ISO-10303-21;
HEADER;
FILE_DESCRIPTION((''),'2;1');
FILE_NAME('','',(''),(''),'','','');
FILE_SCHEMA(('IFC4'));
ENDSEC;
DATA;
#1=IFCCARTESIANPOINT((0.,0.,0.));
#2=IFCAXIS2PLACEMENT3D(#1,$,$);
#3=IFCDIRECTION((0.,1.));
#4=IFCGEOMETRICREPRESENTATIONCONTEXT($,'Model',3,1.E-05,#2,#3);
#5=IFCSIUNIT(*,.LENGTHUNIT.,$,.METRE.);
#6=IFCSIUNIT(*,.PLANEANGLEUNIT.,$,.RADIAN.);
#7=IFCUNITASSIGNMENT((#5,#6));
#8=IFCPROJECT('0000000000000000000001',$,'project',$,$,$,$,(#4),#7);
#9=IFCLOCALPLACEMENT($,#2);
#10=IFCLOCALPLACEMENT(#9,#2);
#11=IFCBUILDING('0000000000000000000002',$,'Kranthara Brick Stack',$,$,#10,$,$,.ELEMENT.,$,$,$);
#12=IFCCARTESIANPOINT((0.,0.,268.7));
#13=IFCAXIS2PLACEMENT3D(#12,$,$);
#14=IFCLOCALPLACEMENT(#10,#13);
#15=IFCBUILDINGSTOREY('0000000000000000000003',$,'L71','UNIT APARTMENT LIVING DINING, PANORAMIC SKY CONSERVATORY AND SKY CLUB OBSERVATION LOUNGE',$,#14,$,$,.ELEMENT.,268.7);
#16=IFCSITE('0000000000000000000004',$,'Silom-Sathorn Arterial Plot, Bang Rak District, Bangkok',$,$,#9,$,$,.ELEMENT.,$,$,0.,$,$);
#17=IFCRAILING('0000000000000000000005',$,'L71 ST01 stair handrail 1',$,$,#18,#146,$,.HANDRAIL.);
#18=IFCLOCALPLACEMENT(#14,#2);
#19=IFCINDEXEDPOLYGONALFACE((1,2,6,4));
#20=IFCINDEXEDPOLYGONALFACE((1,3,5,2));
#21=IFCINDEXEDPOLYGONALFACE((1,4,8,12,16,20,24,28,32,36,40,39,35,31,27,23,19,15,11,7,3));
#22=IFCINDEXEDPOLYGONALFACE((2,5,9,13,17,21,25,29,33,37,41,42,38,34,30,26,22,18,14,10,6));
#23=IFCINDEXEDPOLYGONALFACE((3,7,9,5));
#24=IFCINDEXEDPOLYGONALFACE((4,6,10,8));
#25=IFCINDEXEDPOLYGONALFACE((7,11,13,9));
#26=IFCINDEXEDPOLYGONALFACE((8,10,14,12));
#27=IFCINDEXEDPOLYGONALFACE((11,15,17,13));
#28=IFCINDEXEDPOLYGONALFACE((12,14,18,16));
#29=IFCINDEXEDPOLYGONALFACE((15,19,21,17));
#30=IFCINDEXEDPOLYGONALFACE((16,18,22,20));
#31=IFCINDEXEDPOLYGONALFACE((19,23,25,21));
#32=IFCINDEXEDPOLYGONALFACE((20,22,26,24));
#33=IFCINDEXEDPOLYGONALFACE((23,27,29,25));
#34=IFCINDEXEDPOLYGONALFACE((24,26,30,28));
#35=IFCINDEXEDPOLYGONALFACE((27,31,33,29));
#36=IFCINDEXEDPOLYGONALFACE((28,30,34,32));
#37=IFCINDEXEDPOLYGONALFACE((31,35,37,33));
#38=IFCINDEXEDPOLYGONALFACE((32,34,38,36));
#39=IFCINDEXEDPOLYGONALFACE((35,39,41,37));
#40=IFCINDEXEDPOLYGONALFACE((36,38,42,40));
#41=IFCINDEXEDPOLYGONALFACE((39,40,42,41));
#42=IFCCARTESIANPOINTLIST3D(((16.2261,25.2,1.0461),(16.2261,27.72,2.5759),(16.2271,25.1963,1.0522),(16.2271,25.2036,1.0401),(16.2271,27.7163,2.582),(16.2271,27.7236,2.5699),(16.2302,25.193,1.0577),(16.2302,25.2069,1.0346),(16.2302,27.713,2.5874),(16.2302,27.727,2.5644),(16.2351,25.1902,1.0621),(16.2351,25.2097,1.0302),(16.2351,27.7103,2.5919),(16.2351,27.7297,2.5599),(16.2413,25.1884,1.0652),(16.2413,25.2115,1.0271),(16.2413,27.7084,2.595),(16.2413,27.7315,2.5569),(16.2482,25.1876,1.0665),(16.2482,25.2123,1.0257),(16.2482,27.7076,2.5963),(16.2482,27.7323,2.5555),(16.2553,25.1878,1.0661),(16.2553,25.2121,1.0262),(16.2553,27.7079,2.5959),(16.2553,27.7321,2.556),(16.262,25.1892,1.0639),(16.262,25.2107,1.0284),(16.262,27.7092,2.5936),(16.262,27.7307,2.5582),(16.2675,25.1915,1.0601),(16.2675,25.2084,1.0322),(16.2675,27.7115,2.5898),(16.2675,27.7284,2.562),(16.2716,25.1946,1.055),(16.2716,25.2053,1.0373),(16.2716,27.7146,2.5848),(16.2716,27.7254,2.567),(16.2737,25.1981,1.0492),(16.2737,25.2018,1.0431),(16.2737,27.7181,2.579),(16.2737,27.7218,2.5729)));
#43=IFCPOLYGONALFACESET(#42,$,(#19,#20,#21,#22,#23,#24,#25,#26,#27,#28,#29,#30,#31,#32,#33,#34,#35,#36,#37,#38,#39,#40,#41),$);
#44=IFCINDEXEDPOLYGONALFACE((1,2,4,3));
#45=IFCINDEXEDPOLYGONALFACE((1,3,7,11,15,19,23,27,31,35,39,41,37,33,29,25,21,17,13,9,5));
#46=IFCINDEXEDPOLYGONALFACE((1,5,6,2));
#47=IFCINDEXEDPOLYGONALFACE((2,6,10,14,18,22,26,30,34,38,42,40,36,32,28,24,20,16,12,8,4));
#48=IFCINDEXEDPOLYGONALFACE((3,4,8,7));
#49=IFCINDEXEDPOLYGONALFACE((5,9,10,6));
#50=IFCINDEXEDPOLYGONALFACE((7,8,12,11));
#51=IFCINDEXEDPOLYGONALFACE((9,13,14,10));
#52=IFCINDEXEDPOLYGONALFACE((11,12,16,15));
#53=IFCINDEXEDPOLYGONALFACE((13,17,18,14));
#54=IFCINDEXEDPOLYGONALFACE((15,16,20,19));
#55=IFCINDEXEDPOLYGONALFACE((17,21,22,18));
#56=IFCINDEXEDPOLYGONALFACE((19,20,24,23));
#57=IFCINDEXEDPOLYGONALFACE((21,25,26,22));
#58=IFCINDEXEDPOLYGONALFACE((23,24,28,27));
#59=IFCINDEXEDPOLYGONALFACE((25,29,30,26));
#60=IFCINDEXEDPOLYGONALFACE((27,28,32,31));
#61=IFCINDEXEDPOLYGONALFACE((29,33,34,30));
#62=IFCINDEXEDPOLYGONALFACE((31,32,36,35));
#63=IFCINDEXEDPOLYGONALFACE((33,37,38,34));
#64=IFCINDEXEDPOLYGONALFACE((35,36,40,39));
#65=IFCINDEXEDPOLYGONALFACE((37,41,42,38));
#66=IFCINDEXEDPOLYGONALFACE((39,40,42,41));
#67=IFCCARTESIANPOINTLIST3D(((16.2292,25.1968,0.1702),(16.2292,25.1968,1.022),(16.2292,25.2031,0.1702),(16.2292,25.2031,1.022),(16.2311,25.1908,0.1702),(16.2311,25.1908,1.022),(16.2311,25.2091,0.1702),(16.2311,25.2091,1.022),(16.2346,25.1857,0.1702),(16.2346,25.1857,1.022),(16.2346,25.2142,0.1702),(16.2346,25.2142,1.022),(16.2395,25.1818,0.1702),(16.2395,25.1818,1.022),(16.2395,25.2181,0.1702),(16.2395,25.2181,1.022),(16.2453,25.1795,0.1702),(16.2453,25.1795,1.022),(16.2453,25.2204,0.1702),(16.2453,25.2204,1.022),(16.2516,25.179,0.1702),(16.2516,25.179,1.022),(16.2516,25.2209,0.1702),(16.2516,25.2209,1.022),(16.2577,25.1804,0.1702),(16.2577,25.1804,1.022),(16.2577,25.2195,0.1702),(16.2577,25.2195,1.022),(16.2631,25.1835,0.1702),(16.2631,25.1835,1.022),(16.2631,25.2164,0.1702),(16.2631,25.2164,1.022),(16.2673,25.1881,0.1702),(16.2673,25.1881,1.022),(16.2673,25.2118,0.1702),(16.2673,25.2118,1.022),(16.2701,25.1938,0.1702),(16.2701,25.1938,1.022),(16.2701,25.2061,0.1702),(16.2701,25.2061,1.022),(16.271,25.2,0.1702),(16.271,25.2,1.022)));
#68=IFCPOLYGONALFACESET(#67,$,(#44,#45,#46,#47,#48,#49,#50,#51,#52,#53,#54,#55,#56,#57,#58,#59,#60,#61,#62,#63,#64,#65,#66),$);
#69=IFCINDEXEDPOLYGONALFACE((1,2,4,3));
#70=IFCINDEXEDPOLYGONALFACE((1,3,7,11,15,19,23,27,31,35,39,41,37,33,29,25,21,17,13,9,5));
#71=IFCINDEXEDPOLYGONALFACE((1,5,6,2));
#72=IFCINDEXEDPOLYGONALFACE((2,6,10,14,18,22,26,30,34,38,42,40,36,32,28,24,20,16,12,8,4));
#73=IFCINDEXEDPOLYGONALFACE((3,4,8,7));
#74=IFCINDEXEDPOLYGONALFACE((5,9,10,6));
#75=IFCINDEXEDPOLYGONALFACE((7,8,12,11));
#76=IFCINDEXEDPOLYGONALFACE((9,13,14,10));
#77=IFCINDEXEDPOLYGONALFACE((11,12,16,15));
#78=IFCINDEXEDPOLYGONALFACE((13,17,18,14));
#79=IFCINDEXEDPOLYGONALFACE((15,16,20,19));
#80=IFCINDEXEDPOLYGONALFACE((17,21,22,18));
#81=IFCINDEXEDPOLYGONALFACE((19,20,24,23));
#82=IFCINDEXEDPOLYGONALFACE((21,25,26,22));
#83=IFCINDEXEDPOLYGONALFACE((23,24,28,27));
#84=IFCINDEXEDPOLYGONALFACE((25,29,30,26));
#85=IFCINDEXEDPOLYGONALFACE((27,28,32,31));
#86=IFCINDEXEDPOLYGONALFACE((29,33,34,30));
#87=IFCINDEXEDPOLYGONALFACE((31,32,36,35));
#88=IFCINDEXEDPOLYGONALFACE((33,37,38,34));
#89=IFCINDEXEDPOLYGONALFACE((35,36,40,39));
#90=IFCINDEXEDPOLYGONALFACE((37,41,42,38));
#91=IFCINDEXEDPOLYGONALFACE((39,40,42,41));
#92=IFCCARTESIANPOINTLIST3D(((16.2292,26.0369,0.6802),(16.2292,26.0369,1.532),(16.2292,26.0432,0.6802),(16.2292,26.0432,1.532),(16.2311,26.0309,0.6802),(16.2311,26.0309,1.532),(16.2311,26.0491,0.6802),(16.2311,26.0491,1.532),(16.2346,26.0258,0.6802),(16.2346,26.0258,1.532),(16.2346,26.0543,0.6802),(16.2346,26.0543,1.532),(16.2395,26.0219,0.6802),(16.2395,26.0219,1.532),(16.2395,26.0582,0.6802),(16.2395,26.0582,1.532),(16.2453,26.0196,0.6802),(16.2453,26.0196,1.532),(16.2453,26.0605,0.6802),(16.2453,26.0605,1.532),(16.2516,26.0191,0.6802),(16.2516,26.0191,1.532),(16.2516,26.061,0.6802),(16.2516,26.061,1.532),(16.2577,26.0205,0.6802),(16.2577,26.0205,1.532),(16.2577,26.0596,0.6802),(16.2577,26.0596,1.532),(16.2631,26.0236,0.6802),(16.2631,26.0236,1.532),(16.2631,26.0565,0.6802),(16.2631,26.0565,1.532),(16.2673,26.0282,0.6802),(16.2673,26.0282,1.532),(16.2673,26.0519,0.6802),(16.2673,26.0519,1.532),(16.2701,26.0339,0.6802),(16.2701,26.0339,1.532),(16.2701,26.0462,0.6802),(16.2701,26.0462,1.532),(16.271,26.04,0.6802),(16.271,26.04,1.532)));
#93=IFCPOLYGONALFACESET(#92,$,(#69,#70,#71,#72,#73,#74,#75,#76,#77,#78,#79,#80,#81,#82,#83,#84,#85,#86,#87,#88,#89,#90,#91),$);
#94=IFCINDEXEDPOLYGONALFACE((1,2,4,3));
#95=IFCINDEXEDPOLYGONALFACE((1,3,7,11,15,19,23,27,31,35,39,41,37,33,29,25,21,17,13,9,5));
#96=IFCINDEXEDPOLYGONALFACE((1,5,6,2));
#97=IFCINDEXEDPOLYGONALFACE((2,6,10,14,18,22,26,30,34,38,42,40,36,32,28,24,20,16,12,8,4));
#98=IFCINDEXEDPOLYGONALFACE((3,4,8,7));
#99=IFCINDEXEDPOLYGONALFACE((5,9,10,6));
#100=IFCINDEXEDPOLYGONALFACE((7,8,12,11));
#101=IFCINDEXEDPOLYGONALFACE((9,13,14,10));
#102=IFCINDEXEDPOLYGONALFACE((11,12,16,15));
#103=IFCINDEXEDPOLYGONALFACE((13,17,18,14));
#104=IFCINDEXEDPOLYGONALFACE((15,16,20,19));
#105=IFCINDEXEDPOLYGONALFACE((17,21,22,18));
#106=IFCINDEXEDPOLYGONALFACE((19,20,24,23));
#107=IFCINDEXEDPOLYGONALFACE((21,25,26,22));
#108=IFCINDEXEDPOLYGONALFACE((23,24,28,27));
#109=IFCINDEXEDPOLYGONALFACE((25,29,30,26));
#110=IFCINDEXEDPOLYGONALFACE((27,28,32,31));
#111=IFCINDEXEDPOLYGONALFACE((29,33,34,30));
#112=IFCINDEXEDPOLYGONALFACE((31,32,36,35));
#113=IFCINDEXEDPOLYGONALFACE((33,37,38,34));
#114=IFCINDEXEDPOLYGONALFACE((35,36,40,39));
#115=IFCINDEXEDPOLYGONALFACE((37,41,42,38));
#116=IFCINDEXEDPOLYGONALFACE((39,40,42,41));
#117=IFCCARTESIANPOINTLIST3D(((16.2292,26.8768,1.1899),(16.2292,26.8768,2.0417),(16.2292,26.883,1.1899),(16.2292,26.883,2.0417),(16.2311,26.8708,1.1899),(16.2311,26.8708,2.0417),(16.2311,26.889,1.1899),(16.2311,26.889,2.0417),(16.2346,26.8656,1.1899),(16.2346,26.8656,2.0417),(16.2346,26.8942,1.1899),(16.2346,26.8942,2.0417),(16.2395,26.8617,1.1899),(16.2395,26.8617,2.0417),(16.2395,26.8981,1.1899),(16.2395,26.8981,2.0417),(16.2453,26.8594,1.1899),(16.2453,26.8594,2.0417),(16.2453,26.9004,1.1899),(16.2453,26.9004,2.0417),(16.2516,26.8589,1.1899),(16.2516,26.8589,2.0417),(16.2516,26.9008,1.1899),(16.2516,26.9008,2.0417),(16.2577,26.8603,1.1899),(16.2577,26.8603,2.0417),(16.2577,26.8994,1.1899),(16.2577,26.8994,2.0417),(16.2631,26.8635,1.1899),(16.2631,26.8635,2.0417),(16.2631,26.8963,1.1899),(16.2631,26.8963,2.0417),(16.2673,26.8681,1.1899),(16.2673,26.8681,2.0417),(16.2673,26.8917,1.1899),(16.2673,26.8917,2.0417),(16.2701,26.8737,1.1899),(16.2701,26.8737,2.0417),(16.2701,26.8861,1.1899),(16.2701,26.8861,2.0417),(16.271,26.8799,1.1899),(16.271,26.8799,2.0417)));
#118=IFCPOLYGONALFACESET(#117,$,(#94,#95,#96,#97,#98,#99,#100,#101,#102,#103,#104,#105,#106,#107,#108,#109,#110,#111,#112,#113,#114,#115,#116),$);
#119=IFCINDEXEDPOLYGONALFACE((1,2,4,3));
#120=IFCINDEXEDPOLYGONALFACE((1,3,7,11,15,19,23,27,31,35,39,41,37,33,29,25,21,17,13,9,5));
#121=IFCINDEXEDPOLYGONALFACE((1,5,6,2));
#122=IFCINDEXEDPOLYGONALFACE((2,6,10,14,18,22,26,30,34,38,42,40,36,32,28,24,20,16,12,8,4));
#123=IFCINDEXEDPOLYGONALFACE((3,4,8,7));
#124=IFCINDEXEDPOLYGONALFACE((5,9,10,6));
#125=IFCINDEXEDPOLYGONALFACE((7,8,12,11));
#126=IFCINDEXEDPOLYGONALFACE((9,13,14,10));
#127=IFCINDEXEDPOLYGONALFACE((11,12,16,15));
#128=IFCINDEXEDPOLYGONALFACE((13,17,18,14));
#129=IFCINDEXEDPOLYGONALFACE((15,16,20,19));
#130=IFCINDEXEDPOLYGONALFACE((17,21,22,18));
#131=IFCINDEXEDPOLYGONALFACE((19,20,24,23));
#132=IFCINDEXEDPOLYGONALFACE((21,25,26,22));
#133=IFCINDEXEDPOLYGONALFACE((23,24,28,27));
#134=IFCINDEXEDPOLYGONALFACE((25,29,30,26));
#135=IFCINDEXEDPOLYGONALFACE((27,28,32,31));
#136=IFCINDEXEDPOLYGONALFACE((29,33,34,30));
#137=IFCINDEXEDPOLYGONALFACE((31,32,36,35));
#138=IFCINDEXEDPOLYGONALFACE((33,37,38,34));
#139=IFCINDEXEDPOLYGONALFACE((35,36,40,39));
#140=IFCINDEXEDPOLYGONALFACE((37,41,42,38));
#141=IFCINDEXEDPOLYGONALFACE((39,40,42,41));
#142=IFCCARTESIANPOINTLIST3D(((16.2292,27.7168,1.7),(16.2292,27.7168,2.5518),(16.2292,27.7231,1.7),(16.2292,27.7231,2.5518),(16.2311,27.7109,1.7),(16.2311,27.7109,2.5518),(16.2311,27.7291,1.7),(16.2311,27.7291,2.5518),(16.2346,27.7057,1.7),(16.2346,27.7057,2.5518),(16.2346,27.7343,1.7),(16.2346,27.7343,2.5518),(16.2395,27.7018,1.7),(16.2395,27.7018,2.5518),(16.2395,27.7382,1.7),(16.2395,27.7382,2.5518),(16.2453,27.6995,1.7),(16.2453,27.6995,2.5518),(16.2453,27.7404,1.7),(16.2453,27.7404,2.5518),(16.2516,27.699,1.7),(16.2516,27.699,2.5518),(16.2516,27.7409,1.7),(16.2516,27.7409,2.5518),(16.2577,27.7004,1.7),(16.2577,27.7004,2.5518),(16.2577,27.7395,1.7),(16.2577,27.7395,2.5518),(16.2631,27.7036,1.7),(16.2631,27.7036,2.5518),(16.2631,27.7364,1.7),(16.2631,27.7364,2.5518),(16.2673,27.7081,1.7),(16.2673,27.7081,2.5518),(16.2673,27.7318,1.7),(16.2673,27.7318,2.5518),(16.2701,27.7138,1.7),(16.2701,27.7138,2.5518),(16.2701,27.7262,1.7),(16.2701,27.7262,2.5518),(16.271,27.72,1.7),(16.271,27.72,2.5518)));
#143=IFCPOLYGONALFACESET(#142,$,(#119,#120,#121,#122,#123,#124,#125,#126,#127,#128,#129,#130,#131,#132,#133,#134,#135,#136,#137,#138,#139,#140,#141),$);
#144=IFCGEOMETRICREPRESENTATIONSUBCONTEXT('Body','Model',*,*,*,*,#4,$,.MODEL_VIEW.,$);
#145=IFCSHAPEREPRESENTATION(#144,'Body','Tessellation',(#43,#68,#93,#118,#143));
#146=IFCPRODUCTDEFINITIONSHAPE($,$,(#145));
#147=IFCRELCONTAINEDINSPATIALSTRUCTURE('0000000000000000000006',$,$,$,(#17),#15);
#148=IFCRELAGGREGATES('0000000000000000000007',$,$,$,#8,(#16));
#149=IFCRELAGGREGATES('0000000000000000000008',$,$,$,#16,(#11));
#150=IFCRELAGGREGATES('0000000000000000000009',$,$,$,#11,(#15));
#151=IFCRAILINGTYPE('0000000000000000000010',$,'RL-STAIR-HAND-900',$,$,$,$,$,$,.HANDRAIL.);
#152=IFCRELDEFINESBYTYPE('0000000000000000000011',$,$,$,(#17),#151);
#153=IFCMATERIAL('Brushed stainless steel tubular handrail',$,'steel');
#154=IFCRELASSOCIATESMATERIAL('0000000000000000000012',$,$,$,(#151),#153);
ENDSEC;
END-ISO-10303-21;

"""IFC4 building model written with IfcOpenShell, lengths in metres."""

from ifc_helpers import new_model, si_unit, direction, frame, origin, origin_2d, place, context, subcontext, project, spatial, circle, extrude, material, type_object, element, save


model = new_model("IFC4")

# Units and contexts
model_context = context("Model", 3, precision=1e-05, world=origin(), true_north=direction((0.0, 1.0)))
body_context = subcontext(model_context, "Body", "Model", "MODEL_VIEW")
ifc_project = project(units=[si_unit("LENGTHUNIT", "METRE"), si_unit("PLANEANGLEUNIT", "RADIAN")], contexts=[model_context])

# Site, building, storey
site_placement = place(None, origin())
site = spatial("IfcSite", under=ifc_project, at=site_placement, Name="Silom-Sathorn Arterial Plot, Bang Rak District, Bangkok", CompositionType="ELEMENT", RefElevation=0.0)
building_placement = place(site_placement, origin())
building = spatial("IfcBuilding", under=site, at=building_placement, Name="Kranthara Brick Stack", CompositionType="ELEMENT")
storey_placement = place(building_placement, frame((0.0, 0.0, 268.7)))
storey = spatial("IfcBuildingStorey", under=building, at=storey_placement, Name="L71", Description="UNIT APARTMENT LIVING DINING, PANORAMIC SKY CONSERVATORY AND SKY CLUB OBSERVATION LOUNGE", CompositionType="ELEMENT", Elevation=268.7)

# Railing
ifc_material_1 = material(Name="Brushed stainless steel tubular handrail", Category="steel")
railing_type_1 = type_object("IfcRailingType", Name="RL-STAIR-HAND-900", PredefinedType="HANDRAIL", material=ifc_material_1)
railing_1_placement = place(storey_placement, frame((16.25, 25.2, 0.1702)))
element("IfcRailing", 1, at=railing_1_placement, inside=storey, type_object=railing_type_1, Name="L71 ST01 stair handrail 1", PredefinedType="HANDRAIL", context=body_context, shape_type="SweptSolid", body=[
    extrude(circle(Radius=0.0239, at=origin_2d()), frame((0.0, 0.0, 0.876), z_axis=(0.0, 0.854822, 0.518922), x_axis=(-1.0, 0.0, 0.0)), (0.0, 0.0, 1.0), 2.948),
    extrude(circle(Radius=0.021, at=origin_2d()), origin(), (0.0, 0.0, 1.0), 0.8518),
    extrude(circle(Radius=0.021, at=origin_2d()), frame((0.0, 0.8401, 0.51)), (0.0, 0.0, 1.0), 0.8518),
    extrude(circle(Radius=0.021, at=origin_2d()), frame((0.0, 1.6799, 1.0198)), (0.0, 0.0, 1.0), 0.8518),
    extrude(circle(Radius=0.021, at=origin_2d()), frame((0.0, 2.52, 1.5298)), (0.0, 0.0, 1.0), 0.8518),
])

save(model, "model.ifc")
